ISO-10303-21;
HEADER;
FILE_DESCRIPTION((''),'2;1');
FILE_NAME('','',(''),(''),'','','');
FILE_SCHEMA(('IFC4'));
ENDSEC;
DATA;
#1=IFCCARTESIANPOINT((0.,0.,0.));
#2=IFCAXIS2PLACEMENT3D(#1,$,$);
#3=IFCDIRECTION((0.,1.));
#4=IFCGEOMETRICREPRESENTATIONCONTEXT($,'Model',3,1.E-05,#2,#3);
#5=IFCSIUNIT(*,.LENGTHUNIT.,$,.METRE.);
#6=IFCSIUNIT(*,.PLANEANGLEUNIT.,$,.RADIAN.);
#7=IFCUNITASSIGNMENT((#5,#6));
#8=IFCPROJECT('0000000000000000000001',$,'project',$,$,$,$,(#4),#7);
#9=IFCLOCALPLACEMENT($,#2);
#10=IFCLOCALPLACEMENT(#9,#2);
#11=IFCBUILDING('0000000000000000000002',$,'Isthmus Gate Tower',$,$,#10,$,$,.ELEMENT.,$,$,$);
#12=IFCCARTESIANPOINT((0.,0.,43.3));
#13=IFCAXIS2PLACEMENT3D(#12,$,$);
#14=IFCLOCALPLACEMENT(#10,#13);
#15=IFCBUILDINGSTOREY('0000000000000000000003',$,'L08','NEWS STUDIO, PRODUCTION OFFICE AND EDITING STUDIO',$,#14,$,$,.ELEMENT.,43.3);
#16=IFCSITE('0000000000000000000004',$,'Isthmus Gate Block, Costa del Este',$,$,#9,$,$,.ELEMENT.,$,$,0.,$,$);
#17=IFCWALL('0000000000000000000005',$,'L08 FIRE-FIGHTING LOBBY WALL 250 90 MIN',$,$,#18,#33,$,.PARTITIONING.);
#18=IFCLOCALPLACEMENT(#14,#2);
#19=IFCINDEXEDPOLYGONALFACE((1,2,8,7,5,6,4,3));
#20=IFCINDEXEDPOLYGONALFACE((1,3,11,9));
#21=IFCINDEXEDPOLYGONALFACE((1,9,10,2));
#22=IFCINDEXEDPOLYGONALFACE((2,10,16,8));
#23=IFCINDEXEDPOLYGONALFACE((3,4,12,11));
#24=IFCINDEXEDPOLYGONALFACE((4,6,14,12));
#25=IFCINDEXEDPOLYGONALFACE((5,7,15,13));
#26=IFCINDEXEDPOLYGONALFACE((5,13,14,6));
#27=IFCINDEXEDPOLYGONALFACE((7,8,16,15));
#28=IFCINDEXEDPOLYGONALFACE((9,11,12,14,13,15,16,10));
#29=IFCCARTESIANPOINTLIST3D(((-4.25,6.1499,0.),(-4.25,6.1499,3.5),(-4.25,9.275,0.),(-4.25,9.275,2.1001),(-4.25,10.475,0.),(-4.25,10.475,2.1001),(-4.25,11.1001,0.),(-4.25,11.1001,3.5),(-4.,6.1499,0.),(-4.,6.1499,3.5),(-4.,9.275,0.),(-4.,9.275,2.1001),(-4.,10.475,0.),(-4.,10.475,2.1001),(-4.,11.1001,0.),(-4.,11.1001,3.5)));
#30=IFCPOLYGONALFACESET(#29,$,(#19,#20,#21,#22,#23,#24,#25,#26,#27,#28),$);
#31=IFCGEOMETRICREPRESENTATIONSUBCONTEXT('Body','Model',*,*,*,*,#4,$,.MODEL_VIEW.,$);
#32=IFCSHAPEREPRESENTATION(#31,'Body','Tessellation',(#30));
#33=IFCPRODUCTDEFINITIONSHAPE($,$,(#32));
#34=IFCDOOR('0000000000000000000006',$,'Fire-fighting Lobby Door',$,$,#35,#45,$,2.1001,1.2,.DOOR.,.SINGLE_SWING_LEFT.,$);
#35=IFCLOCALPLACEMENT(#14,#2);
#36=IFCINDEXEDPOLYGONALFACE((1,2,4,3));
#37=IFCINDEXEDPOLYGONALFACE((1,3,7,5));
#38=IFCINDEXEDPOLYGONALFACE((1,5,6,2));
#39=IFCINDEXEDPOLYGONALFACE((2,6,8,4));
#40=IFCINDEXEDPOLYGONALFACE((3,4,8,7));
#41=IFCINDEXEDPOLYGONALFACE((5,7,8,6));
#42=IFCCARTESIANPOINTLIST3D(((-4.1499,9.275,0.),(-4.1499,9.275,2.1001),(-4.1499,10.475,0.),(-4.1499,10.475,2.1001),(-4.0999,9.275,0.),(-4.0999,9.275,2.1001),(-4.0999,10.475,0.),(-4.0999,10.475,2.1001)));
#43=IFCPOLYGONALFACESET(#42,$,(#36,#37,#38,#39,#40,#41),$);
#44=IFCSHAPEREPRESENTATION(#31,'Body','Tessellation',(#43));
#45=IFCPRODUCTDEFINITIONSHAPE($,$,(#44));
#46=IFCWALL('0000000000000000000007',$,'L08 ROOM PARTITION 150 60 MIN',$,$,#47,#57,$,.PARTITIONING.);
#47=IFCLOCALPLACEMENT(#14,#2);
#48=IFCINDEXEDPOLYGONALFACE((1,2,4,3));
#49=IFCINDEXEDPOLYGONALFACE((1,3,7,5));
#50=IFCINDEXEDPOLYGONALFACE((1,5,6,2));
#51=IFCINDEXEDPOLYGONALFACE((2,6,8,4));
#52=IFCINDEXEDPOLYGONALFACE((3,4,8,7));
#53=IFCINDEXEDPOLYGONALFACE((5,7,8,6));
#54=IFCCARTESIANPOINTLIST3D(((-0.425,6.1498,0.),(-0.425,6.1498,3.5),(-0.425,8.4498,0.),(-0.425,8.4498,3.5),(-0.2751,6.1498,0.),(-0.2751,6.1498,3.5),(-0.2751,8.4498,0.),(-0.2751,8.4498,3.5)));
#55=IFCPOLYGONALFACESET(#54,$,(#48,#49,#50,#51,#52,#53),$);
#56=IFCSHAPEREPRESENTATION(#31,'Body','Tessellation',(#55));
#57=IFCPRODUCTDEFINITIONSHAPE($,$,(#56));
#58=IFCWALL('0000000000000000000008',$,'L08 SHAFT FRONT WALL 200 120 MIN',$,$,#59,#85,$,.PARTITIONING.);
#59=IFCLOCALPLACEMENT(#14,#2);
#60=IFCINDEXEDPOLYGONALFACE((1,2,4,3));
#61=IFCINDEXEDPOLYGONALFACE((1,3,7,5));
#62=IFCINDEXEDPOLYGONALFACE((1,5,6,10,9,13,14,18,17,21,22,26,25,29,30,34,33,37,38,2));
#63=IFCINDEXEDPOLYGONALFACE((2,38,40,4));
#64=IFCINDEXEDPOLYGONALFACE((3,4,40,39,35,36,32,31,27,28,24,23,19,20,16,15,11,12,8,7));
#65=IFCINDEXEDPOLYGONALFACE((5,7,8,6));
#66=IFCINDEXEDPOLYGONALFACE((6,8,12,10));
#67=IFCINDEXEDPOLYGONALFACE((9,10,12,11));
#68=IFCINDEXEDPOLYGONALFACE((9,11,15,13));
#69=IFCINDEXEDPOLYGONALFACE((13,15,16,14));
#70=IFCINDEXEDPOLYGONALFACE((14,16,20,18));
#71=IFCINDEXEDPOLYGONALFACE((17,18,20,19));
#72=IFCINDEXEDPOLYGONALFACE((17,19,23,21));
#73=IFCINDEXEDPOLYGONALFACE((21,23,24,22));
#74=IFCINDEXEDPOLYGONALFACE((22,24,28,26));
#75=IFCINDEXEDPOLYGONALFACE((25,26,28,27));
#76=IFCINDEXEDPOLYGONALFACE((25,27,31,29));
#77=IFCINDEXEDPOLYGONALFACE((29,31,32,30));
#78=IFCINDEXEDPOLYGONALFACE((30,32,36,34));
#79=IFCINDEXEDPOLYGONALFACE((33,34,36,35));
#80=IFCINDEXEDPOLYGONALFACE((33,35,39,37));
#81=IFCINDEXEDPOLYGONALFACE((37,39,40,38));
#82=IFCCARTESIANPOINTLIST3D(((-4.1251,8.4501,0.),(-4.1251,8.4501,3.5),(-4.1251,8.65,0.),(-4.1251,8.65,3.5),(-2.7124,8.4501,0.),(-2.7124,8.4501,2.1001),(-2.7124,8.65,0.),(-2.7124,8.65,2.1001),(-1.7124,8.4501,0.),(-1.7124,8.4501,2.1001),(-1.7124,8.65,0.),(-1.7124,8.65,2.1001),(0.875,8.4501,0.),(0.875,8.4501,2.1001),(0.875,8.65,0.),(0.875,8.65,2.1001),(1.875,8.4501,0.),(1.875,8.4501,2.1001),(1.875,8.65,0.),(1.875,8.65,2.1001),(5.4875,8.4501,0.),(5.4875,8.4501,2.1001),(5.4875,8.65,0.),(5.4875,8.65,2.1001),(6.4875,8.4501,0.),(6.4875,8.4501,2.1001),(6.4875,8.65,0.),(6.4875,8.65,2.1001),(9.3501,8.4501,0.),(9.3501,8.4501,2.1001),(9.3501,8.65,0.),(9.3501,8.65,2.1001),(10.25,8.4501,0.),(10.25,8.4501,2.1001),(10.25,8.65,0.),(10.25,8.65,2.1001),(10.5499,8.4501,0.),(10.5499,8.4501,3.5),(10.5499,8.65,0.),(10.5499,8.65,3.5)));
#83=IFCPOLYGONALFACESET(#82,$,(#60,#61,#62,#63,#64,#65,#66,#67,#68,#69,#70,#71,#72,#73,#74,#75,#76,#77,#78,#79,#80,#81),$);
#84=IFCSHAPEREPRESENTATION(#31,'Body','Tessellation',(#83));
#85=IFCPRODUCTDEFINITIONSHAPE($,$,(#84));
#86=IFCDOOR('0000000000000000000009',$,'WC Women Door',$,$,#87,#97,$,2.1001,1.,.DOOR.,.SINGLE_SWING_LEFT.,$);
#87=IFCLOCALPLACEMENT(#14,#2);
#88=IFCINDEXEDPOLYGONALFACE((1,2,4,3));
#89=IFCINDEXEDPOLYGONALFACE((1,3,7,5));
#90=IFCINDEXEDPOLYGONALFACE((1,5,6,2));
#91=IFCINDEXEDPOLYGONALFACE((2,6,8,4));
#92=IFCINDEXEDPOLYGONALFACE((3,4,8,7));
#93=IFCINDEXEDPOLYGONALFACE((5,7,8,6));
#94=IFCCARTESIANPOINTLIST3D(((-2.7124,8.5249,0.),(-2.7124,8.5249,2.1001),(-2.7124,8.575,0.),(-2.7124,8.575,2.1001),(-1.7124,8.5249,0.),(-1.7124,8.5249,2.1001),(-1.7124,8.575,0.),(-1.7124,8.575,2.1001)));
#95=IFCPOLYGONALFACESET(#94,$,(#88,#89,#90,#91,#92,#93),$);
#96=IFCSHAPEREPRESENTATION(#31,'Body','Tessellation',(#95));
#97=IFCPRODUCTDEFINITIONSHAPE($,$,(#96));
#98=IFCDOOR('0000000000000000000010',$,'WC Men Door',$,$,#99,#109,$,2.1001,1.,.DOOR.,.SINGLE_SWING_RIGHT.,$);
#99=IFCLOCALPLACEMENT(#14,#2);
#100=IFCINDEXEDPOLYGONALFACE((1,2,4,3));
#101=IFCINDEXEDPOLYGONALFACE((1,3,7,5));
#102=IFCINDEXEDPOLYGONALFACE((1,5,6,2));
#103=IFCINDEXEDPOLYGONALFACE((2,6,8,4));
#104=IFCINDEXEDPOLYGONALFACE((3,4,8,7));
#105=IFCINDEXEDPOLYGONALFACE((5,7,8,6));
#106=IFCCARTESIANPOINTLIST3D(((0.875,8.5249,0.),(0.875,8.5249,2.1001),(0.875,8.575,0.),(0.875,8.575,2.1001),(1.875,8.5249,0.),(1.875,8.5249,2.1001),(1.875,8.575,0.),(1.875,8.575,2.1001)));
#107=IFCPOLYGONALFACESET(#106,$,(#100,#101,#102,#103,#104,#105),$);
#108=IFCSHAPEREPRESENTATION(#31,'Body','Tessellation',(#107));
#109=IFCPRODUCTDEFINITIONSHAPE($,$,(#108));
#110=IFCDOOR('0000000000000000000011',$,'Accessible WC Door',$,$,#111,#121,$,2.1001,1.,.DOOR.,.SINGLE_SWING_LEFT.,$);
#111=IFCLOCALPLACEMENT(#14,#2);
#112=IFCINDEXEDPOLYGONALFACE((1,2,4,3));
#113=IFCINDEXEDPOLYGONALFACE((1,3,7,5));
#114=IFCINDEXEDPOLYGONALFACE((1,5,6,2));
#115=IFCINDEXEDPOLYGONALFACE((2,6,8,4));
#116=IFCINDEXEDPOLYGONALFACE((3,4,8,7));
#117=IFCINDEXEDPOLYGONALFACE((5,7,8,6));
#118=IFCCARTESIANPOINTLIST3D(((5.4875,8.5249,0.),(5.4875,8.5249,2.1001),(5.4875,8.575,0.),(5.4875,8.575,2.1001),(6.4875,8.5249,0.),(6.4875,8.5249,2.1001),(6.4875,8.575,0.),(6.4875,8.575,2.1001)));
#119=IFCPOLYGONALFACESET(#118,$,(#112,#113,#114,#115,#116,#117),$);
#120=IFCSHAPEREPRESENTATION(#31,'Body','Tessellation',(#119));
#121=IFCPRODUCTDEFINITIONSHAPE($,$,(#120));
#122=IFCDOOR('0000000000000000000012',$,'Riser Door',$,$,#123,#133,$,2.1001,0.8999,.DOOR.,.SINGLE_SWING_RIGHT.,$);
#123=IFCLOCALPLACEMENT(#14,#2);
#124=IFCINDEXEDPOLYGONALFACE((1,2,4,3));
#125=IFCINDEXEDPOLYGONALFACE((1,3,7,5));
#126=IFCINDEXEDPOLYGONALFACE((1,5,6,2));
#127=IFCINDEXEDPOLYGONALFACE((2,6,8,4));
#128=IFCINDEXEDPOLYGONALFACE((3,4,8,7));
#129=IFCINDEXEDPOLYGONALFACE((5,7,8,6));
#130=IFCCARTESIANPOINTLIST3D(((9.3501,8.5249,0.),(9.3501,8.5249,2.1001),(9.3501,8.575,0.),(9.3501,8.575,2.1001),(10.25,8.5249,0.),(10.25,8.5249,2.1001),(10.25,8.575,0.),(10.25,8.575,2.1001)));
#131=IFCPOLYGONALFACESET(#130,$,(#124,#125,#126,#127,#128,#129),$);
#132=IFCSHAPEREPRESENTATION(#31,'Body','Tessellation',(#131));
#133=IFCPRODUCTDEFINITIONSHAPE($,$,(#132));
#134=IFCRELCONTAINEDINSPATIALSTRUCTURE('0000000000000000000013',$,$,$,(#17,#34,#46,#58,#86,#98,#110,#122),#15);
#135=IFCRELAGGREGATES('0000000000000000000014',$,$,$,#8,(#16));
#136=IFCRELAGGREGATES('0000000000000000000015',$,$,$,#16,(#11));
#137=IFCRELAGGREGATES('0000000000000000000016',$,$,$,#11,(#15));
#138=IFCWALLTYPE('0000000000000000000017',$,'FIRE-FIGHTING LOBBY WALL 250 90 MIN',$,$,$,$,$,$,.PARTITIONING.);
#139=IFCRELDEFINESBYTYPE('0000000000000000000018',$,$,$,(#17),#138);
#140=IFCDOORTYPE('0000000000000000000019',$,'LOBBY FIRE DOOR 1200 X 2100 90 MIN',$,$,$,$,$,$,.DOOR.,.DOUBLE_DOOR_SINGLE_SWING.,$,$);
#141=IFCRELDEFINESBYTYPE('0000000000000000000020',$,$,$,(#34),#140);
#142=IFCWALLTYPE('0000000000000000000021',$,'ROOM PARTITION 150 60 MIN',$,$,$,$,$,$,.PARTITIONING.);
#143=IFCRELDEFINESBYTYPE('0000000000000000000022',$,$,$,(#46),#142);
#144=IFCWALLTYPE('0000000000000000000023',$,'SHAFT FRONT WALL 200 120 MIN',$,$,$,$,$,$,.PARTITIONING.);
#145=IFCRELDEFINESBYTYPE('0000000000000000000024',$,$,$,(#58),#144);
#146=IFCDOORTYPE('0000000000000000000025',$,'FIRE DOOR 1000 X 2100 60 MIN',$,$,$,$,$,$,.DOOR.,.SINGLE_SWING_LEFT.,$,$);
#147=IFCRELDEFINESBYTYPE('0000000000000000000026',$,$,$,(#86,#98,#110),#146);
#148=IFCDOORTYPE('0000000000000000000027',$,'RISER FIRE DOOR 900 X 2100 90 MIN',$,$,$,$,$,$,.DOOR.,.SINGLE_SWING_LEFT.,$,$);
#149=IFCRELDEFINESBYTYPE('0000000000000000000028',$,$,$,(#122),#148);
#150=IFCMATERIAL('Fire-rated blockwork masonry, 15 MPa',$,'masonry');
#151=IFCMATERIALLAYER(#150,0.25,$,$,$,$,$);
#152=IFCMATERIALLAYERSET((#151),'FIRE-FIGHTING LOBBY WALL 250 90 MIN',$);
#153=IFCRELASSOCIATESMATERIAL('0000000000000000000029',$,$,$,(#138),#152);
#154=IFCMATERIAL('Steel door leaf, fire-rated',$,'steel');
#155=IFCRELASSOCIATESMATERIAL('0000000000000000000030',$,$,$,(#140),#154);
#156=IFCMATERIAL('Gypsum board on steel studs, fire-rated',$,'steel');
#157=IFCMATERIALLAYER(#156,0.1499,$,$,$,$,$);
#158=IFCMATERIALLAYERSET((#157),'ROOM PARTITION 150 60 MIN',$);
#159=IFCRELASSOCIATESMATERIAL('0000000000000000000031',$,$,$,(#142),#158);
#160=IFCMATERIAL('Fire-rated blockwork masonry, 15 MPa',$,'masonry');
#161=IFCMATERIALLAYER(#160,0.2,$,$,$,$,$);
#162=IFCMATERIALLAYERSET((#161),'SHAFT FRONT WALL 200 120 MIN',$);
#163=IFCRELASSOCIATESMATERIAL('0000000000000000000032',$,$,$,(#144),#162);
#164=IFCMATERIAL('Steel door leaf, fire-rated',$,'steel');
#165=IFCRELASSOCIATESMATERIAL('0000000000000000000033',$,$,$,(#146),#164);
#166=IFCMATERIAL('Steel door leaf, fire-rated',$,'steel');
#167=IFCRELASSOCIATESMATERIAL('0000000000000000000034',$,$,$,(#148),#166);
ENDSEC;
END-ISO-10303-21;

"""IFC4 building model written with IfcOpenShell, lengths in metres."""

from ifc_helpers import new_model, si_unit, direction, frame, frame_2d, origin, place, context, subcontext, project, spatial, rectangle, extrude, material, layer, layer_set, type_object, element, fill, save


model = new_model("IFC4")

# Units and contexts
model_context = context("Model", 3, precision=1e-05, world=origin(), true_north=direction((0.0, 1.0)))
body_context = subcontext(model_context, "Body", "Model", "MODEL_VIEW")
ifc_project = project(units=[si_unit("LENGTHUNIT", "METRE"), si_unit("PLANEANGLEUNIT", "RADIAN")], contexts=[model_context])

# Site, building, storey
site_placement = place(None, origin())
site = spatial("IfcSite", under=ifc_project, at=site_placement, Name="Isthmus Gate Block, Costa del Este", CompositionType="ELEMENT", RefElevation=0.0)
building_placement = place(site_placement, origin())
building = spatial("IfcBuilding", under=site, at=building_placement, Name="Isthmus Gate Tower", CompositionType="ELEMENT")
storey_placement = place(building_placement, frame((0.0, 0.0, 43.3)))
storey = spatial("IfcBuildingStorey", under=building, at=storey_placement, Name="L08", Description="NEWS STUDIO, PRODUCTION OFFICE AND EDITING STUDIO", CompositionType="ELEMENT", Elevation=43.3)

# Wall, opening, door
ifc_material_1 = material(Name="Fire-rated blockwork masonry, 15 MPa", Category="masonry")
ifc_layer_1 = layer(ifc_material_1, 0.25)
ifc_layer_set_1 = layer_set([ifc_layer_1], Name="FIRE-FIGHTING LOBBY WALL 250 90 MIN")
wall_type_1 = type_object("IfcWallType", Name="FIRE-FIGHTING LOBBY WALL 250 90 MIN", PredefinedType="PARTITIONING", material=ifc_layer_set_1)
wall_1_placement = place(storey_placement, frame((-4.125, 6.1499, 0.0), z_axis=(0.0, 0.0, 1.0), x_axis=(0.0, 1.0, 0.0)))
wall_1 = element("IfcWall", 1, at=wall_1_placement, inside=storey, type_object=wall_type_1, Name="L08 FIRE-FIGHTING LOBBY WALL 250 90 MIN", PredefinedType="PARTITIONING", context=body_context, shape_type="SweptSolid", body=[
    extrude(rectangle(XDim=4.9502, YDim=0.25, at=frame_2d((2.4751, 0.0))), origin(), (0.0, 0.0, 1.0), 3.5),
])
opening_1_placement = place(wall_1_placement, frame((3.125, 0.0, 0.0)))
opening_1 = element("IfcOpeningElement", 2, at=opening_1_placement, cuts=wall_1, PredefinedType="OPENING", context=body_context, shape_type="SweptSolid", body=[
    extrude(rectangle(XDim=1.2, YDim=2.1001, at=frame_2d((0.6001, 1.05))), frame((0.0, 0.135, 0.0), z_axis=(0.0, -1.0, 0.0), x_axis=(1.0, 0.0, 0.0)), (0.0, 0.0, 1.0), 0.27),
])
ifc_material_2 = material(Name="Steel door leaf, fire-rated", Category="steel")
door_type_1 = type_object("IfcDoorType", Name="LOBBY FIRE DOOR 1200 X 2100 90 MIN", OperationType="DOUBLE_DOOR_SINGLE_SWING", PredefinedType="DOOR", material=ifc_material_2)
door_1_placement = place(opening_1_placement, origin())
door_1 = element("IfcDoor", 3, at=door_1_placement, inside=storey, type_object=door_type_1, Name="Fire-fighting Lobby Door", OperationType="SINGLE_SWING_LEFT", OverallHeight=2.1001, OverallWidth=1.2, PredefinedType="DOOR", context=body_context, shape_type="SweptSolid", body=[
    extrude(rectangle(XDim=1.2, YDim=2.1001, at=frame_2d((0.6001, 1.05))), frame((0.0, 0.0249, 0.0), z_axis=(0.0, -1.0, 0.0), x_axis=(1.0, 0.0, 0.0)), (0.0, 0.0, 1.0), 0.05),
])
fill(opening_1, door_1)

# Wall
ifc_material_3 = material(Name="Gypsum board on steel studs, fire-rated", Category="steel")
ifc_layer_2 = layer(ifc_material_3, 0.1499)
ifc_layer_set_2 = layer_set([ifc_layer_2], Name="ROOM PARTITION 150 60 MIN")
wall_type_2 = type_object("IfcWallType", Name="ROOM PARTITION 150 60 MIN", PredefinedType="PARTITIONING", material=ifc_layer_set_2)
wall_2_placement = place(storey_placement, frame((-0.3501, 6.1499, 0.0), z_axis=(0.0, 0.0, 1.0), x_axis=(0.0, 1.0, 0.0)))
element("IfcWall", 4, at=wall_2_placement, inside=storey, type_object=wall_type_2, Name="L08 ROOM PARTITION 150 60 MIN", PredefinedType="PARTITIONING", context=body_context, shape_type="SweptSolid", body=[
    extrude(rectangle(XDim=2.3, YDim=0.1499, at=frame_2d((1.1499, 0.0))), origin(), (0.0, 0.0, 1.0), 3.5),
])

# Wall, openings, doors
ifc_material_4 = material(Name="Fire-rated blockwork masonry, 15 MPa", Category="masonry")
ifc_layer_3 = layer(ifc_material_4, 0.2)
ifc_layer_set_3 = layer_set([ifc_layer_3], Name="SHAFT FRONT WALL 200 120 MIN")
wall_type_3 = type_object("IfcWallType", Name="SHAFT FRONT WALL 200 120 MIN", PredefinedType="PARTITIONING", material=ifc_layer_set_3)
wall_3_placement = place(storey_placement, frame((-4.125, 8.55, 0.0), z_axis=(0.0, 0.0, 1.0), x_axis=(1.0, 0.0, 0.0)))
wall_3 = element("IfcWall", 5, at=wall_3_placement, inside=storey, type_object=wall_type_3, Name="L08 SHAFT FRONT WALL 200 120 MIN", PredefinedType="PARTITIONING", context=body_context, shape_type="SweptSolid", body=[
    extrude(rectangle(XDim=14.675, YDim=0.2, at=frame_2d((7.3374, 0.0))), origin(), (0.0, 0.0, 1.0), 3.5),
])
opening_2_placement = place(wall_3_placement, frame((1.4126, 0.0, 0.0)))
opening_2 = element("IfcOpeningElement", 6, at=opening_2_placement, cuts=wall_3, PredefinedType="OPENING", context=body_context, shape_type="SweptSolid", body=[
    extrude(rectangle(XDim=1.0, YDim=2.1001, at=frame_2d((0.5, 1.05))), frame((0.0, 0.1099, 0.0), z_axis=(0.0, -1.0, 0.0), x_axis=(1.0, 0.0, 0.0)), (0.0, 0.0, 1.0), 0.22),
])
opening_3_placement = place(wall_3_placement, frame((5.0, 0.0, 0.0)))
opening_3 = element("IfcOpeningElement", 7, at=opening_3_placement, cuts=wall_3, PredefinedType="OPENING", context=body_context, shape_type="SweptSolid", body=[
    extrude(rectangle(XDim=1.0, YDim=2.1001, at=frame_2d((0.5, 1.05))), frame((0.0, 0.1099, 0.0), z_axis=(0.0, -1.0, 0.0), x_axis=(1.0, 0.0, 0.0)), (0.0, 0.0, 1.0), 0.22),
])
opening_4_placement = place(wall_3_placement, frame((9.6125, 0.0, 0.0)))
opening_4 = element("IfcOpeningElement", 8, at=opening_4_placement, cuts=wall_3, PredefinedType="OPENING", context=body_context, shape_type="SweptSolid", body=[
    extrude(rectangle(XDim=1.0, YDim=2.1001, at=frame_2d((0.5, 1.05))), frame((0.0, 0.1099, 0.0), z_axis=(0.0, -1.0, 0.0), x_axis=(1.0, 0.0, 0.0)), (0.0, 0.0, 1.0), 0.22),
])
opening_5_placement = place(wall_3_placement, frame((13.4751, 0.0, 0.0)))
opening_5 = element("IfcOpeningElement", 9, at=opening_5_placement, cuts=wall_3, PredefinedType="OPENING", context=body_context, shape_type="SweptSolid", body=[
    extrude(rectangle(XDim=0.8999, YDim=2.1001, at=frame_2d((0.45, 1.05))), frame((0.0, 0.1099, 0.0), z_axis=(0.0, -1.0, 0.0), x_axis=(1.0, 0.0, 0.0)), (0.0, 0.0, 1.0), 0.22),
])
ifc_material_5 = material(Name="Steel door leaf, fire-rated", Category="steel")
door_type_2 = type_object("IfcDoorType", Name="FIRE DOOR 1000 X 2100 60 MIN", OperationType="SINGLE_SWING_LEFT", PredefinedType="DOOR", material=ifc_material_5)
door_2_placement = place(opening_2_placement, origin())
door_2 = element("IfcDoor", 10, at=door_2_placement, inside=storey, type_object=door_type_2, Name="WC Women Door", OperationType="SINGLE_SWING_LEFT", OverallHeight=2.1001, OverallWidth=1.0, PredefinedType="DOOR", context=body_context, shape_type="SweptSolid", body=[
    extrude(rectangle(XDim=1.0, YDim=2.1001, at=frame_2d((0.5, 1.05))), frame((0.0, 0.0249, 0.0), z_axis=(0.0, -1.0, 0.0), x_axis=(1.0, 0.0, 0.0)), (0.0, 0.0, 1.0), 0.05),
])
fill(opening_2, door_2)
door_3_placement = place(opening_3_placement, origin())
door_3 = element("IfcDoor", 11, at=door_3_placement, inside=storey, type_object=door_type_2, Name="WC Men Door", OperationType="SINGLE_SWING_RIGHT", OverallHeight=2.1001, OverallWidth=1.0, PredefinedType="DOOR", context=body_context, shape_type="SweptSolid", body=[
    extrude(rectangle(XDim=1.0, YDim=2.1001, at=frame_2d((0.5, 1.05))), frame((0.0, 0.0249, 0.0), z_axis=(0.0, -1.0, 0.0), x_axis=(1.0, 0.0, 0.0)), (0.0, 0.0, 1.0), 0.05),
])
fill(opening_3, door_3)
door_4_placement = place(opening_4_placement, origin())
door_4 = element("IfcDoor", 12, at=door_4_placement, inside=storey, type_object=door_type_2, Name="Accessible WC Door", OperationType="SINGLE_SWING_LEFT", OverallHeight=2.1001, OverallWidth=1.0, PredefinedType="DOOR", context=body_context, shape_type="SweptSolid", body=[
    extrude(rectangle(XDim=1.0, YDim=2.1001, at=frame_2d((0.5, 1.05))), frame((0.0, 0.0249, 0.0), z_axis=(0.0, -1.0, 0.0), x_axis=(1.0, 0.0, 0.0)), (0.0, 0.0, 1.0), 0.05),
])
fill(opening_4, door_4)
ifc_material_6 = material(Name="Steel door leaf, fire-rated", Category="steel")
door_type_3 = type_object("IfcDoorType", Name="RISER FIRE DOOR 900 X 2100 90 MIN", OperationType="SINGLE_SWING_LEFT", PredefinedType="DOOR", material=ifc_material_6)
door_5_placement = place(opening_5_placement, origin())
door_5 = element("IfcDoor", 13, at=door_5_placement, inside=storey, type_object=door_type_3, Name="Riser Door", OperationType="SINGLE_SWING_RIGHT", OverallHeight=2.1001, OverallWidth=0.8999, PredefinedType="DOOR", context=body_context, shape_type="SweptSolid", body=[
    extrude(rectangle(XDim=0.8999, YDim=2.1001, at=frame_2d((0.45, 1.05))), frame((0.0, 0.0249, 0.0), z_axis=(0.0, -1.0, 0.0), x_axis=(1.0, 0.0, 0.0)), (0.0, 0.0, 1.0), 0.05),
])
fill(opening_5, door_5)

save(model, "model.ifc")
